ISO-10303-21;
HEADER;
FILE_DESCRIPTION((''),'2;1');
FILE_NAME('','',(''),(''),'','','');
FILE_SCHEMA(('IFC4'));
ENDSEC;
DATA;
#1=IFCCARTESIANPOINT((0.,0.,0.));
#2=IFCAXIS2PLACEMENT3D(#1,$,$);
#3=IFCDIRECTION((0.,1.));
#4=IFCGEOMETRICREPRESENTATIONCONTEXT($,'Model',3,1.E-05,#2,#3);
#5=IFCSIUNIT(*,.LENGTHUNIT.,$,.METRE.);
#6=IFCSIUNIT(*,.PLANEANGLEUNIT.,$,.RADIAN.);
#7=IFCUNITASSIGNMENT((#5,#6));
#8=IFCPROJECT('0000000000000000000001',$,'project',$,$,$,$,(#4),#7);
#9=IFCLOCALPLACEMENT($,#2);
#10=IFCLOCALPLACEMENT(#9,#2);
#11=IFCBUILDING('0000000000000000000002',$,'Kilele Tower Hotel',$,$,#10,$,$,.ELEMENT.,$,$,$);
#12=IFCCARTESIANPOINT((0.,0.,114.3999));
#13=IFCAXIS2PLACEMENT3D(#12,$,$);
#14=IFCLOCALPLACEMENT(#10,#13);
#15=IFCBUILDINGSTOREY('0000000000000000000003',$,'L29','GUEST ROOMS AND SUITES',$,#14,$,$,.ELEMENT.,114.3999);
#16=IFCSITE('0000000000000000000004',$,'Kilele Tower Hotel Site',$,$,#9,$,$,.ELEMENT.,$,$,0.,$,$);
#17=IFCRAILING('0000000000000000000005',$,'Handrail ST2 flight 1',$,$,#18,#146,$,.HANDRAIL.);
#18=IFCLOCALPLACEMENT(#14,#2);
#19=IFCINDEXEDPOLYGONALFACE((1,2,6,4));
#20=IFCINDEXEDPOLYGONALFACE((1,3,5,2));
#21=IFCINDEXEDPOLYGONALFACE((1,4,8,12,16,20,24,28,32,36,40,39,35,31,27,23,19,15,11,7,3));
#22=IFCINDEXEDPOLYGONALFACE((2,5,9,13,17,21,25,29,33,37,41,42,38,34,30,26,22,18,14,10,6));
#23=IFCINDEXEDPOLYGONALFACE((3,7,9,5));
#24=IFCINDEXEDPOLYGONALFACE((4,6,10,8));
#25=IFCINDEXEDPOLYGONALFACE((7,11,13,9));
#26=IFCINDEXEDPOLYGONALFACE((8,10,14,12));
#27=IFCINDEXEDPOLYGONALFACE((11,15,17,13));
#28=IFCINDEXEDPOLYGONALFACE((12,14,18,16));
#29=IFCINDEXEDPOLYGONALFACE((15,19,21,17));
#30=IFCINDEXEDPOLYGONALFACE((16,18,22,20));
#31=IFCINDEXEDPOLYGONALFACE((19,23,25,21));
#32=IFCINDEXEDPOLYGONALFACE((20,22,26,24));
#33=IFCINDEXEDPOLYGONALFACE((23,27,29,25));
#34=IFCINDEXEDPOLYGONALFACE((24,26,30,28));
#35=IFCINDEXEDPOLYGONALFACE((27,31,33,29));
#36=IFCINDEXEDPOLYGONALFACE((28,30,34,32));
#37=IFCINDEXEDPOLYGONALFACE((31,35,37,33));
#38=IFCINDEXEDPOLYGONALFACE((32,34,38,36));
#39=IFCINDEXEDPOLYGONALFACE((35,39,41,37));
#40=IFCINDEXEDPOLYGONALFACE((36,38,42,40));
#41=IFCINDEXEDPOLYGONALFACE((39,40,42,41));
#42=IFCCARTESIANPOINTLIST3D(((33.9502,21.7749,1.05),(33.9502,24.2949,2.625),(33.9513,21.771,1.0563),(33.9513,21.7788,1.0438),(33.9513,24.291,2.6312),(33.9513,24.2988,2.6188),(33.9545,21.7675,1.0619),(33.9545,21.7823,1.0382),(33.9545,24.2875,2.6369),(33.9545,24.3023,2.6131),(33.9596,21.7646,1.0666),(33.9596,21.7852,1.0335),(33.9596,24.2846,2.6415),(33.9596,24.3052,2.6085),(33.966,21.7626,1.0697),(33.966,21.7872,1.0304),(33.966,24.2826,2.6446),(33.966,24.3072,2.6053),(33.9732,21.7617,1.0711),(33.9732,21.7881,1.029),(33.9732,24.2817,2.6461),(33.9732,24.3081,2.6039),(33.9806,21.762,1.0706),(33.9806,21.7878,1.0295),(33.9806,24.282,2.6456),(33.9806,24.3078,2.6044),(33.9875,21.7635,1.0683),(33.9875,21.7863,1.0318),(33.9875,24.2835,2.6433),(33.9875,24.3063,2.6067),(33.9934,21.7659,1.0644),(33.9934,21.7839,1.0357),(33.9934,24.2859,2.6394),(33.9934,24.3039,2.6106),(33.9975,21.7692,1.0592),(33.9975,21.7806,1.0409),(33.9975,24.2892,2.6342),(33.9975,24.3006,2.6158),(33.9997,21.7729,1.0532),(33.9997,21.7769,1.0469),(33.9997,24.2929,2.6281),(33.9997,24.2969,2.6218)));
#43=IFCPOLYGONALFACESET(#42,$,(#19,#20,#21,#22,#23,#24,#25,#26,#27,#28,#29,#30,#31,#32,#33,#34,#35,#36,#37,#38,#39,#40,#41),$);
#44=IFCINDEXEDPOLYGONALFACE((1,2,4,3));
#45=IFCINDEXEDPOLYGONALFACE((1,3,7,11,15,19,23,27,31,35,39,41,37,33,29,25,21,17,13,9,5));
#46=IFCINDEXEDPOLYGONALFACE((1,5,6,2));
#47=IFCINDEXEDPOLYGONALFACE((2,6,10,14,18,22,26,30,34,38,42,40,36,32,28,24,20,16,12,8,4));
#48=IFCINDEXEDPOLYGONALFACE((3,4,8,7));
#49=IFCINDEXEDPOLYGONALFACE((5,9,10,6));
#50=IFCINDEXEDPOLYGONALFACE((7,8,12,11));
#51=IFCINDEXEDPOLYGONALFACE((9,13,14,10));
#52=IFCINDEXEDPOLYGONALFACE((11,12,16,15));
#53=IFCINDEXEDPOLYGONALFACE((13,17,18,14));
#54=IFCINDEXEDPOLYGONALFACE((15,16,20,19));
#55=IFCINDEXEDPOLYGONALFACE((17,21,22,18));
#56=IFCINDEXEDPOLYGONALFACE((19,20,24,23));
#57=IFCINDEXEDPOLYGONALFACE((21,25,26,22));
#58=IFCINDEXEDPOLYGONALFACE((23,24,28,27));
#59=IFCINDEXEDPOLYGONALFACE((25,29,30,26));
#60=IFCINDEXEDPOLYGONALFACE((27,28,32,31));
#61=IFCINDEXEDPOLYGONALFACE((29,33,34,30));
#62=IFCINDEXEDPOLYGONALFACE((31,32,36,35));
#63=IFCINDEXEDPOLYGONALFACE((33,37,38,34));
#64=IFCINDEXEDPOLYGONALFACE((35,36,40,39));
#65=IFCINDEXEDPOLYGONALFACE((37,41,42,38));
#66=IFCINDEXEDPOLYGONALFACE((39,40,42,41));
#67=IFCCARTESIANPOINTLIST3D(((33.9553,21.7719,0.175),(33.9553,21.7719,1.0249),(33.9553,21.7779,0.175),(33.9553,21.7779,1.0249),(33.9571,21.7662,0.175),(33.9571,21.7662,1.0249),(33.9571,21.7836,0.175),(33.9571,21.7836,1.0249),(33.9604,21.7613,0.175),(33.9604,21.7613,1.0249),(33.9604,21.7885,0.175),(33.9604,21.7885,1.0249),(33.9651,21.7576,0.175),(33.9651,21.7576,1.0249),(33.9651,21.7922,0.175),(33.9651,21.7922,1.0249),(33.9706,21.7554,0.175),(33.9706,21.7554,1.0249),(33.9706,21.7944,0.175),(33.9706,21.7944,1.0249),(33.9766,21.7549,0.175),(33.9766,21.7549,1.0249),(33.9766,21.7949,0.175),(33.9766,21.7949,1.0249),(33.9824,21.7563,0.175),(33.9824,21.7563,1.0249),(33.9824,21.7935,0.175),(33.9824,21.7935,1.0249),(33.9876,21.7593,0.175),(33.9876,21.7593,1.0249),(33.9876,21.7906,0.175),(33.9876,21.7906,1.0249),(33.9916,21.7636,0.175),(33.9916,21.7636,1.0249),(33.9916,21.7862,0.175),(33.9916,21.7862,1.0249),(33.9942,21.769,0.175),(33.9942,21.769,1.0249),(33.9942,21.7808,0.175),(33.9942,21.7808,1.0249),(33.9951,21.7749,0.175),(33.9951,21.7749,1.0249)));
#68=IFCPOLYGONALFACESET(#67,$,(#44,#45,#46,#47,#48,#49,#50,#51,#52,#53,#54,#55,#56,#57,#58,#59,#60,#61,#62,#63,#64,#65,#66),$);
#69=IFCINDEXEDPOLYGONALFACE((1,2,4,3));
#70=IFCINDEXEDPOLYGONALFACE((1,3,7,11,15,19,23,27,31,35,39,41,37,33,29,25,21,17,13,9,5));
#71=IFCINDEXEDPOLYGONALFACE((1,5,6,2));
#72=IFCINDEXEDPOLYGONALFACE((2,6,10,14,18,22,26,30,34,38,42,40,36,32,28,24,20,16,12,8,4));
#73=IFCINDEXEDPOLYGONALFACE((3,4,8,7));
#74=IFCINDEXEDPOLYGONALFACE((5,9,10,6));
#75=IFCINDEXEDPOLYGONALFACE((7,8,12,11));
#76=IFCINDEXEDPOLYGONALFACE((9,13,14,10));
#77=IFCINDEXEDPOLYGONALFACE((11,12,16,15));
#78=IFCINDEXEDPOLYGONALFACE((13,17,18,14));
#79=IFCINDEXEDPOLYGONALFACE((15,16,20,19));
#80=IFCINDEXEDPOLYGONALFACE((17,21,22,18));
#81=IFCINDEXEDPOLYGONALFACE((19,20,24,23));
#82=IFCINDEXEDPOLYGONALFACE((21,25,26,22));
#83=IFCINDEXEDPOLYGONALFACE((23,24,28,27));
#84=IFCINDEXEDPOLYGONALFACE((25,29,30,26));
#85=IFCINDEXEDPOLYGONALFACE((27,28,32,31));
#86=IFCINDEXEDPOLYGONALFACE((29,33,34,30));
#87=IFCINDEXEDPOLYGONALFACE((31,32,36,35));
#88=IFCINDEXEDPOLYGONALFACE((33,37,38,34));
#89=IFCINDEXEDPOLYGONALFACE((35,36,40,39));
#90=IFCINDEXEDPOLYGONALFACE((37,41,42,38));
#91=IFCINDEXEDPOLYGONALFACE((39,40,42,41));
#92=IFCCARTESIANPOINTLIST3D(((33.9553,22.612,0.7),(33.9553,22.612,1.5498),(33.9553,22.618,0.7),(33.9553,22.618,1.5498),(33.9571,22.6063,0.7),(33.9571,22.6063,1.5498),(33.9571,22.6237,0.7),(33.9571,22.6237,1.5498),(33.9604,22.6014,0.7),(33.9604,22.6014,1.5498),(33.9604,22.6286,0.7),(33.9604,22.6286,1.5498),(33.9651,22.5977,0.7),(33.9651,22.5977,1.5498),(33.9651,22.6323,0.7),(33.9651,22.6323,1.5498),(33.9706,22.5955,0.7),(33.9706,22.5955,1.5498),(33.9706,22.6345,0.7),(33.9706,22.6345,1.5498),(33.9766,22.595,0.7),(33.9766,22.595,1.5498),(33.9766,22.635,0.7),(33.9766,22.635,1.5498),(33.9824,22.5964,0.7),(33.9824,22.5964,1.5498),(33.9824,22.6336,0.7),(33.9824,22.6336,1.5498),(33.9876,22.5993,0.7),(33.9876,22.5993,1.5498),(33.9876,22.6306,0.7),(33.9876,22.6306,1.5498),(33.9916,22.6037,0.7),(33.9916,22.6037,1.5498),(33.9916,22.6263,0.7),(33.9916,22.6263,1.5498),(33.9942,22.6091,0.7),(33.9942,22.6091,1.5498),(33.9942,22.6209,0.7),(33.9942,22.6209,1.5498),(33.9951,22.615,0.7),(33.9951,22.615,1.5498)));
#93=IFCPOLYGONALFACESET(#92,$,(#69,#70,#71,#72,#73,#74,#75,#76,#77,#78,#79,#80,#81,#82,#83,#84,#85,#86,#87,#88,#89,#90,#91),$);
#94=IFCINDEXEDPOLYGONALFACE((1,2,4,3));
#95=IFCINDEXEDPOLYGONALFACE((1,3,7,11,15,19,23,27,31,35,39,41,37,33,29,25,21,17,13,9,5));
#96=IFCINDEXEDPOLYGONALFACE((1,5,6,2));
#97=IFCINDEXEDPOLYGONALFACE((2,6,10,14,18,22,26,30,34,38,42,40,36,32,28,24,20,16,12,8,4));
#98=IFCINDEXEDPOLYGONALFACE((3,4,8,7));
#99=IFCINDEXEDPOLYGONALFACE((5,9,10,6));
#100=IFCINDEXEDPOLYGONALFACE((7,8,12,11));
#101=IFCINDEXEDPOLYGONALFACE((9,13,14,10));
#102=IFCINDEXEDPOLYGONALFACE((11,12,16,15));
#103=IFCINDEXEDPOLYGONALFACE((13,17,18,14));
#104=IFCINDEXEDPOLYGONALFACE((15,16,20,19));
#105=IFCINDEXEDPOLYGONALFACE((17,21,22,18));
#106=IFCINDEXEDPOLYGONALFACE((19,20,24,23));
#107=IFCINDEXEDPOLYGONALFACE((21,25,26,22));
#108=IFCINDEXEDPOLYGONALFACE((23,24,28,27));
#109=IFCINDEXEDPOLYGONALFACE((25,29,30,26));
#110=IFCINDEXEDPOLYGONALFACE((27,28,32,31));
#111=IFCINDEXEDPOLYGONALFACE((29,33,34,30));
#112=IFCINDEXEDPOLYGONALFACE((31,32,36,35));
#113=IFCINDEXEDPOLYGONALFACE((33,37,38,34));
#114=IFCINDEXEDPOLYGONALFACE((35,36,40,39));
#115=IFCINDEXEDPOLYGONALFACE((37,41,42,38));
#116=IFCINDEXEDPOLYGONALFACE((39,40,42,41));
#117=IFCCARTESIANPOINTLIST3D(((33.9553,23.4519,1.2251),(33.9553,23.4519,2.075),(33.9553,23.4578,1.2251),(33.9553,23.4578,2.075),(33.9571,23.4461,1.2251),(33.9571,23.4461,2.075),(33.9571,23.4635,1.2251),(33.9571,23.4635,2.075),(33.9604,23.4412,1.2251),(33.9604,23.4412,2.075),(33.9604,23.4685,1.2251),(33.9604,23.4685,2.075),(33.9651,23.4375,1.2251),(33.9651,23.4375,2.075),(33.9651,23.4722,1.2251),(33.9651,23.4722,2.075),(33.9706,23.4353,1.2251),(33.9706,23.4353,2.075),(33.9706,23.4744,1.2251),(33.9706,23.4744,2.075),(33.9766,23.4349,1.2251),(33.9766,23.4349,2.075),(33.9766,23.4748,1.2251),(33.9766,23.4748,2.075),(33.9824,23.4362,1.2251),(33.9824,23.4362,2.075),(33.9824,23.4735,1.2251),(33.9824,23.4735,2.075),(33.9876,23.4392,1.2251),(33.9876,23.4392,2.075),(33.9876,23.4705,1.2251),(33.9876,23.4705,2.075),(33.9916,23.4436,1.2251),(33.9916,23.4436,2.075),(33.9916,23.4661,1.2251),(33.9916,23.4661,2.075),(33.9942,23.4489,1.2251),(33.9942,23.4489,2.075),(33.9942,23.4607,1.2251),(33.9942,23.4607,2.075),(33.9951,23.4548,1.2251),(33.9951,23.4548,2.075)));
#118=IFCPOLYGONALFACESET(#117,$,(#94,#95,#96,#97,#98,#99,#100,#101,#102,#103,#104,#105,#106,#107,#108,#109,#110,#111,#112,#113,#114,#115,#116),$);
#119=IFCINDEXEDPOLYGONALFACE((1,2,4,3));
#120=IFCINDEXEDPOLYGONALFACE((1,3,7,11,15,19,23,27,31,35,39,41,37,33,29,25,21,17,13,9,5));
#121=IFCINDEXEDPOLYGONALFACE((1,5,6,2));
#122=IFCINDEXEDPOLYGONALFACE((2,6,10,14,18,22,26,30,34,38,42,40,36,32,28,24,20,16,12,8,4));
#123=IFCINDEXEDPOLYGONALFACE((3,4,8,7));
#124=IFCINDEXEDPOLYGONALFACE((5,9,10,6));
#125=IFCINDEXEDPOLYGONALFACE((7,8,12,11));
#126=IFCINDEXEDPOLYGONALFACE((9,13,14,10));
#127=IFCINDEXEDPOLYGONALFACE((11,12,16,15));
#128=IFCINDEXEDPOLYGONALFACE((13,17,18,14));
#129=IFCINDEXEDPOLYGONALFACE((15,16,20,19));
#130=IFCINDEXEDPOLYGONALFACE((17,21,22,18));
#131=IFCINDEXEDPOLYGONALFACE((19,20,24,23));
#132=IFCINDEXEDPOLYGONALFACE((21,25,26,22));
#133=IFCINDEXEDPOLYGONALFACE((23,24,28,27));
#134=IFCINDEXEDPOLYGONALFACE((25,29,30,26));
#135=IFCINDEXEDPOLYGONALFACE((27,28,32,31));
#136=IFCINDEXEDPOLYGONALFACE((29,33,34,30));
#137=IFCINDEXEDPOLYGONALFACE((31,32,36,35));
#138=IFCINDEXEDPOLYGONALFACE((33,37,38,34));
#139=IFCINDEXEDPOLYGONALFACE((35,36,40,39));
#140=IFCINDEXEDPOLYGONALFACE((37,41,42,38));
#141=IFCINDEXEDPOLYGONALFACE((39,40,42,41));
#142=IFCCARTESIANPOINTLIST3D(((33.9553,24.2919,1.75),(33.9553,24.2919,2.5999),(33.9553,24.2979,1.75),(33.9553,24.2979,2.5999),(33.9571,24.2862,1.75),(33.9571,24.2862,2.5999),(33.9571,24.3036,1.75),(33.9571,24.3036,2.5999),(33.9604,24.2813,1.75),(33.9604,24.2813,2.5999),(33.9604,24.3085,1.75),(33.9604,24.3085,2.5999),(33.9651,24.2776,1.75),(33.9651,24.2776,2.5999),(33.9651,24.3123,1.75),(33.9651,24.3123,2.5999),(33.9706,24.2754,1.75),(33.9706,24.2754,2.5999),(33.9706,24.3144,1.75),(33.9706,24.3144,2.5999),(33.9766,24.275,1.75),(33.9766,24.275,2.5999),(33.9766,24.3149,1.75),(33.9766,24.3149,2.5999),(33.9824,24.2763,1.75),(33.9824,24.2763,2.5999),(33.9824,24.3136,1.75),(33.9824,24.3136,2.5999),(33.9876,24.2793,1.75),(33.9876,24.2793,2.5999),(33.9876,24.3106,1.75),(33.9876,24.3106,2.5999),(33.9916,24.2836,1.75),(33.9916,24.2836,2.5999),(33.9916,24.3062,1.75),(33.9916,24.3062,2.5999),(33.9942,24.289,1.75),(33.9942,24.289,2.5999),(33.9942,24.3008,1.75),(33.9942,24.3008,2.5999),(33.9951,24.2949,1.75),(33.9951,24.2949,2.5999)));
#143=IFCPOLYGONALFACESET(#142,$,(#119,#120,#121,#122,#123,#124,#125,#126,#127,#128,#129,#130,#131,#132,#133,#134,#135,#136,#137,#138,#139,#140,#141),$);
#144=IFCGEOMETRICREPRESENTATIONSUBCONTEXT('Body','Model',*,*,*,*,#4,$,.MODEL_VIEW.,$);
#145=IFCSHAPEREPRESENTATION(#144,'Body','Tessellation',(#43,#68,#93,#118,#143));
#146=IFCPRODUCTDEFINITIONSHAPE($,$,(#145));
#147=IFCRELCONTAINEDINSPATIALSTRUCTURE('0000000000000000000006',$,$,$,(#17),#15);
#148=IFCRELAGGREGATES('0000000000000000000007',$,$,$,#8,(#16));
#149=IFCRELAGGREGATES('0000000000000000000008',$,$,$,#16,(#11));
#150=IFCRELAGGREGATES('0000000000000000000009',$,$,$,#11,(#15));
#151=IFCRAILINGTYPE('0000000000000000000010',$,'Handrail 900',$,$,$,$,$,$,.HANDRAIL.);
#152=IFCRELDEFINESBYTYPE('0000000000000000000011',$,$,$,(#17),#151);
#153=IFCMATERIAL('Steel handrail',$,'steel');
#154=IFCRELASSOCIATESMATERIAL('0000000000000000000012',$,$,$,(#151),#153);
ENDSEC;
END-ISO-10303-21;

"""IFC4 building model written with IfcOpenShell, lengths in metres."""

from ifc_helpers import new_model, si_unit, direction, frame, origin, origin_2d, place, context, subcontext, project, spatial, circle, extrude, material, type_object, element, save


model = new_model("IFC4")

# Units and contexts
model_context = context("Model", 3, precision=1e-05, world=origin(), true_north=direction((0.0, 1.0)))
body_context = subcontext(model_context, "Body", "Model", "MODEL_VIEW")
ifc_project = project(units=[si_unit("LENGTHUNIT", "METRE"), si_unit("PLANEANGLEUNIT", "RADIAN")], contexts=[model_context])

# Site, building, storey
site_placement = place(None, origin())
site = spatial("IfcSite", under=ifc_project, at=site_placement, Name="Kilele Tower Hotel Site", CompositionType="ELEMENT", RefElevation=0.0)
building_placement = place(site_placement, origin())
building = spatial("IfcBuilding", under=site, at=building_placement, Name="Kilele Tower Hotel", CompositionType="ELEMENT")
storey_placement = place(building_placement, frame((0.0, 0.0, 114.3999)))
storey = spatial("IfcBuildingStorey", under=building, at=storey_placement, Name="L29", Description="GUEST ROOMS AND SUITES", CompositionType="ELEMENT", Elevation=114.3999)

# Railing
ifc_material_1 = material(Name="Steel handrail", Category="steel")
railing_type_1 = type_object("IfcRailingType", Name="Handrail 900", PredefinedType="HANDRAIL", material=ifc_material_1)
for number, where, name in (
    (1, (33.9751, 21.7749, 0.175), "Handrail ST2 flight 1"),
):
    element("IfcRailing", number, at=place(storey_placement, frame(where)), inside=storey, type_object=railing_type_1, Name=name, PredefinedType="HANDRAIL", context=body_context, shape_type="SweptSolid", body=[
        extrude(circle(Radius=0.0249, at=origin_2d()), frame((0.0, 0.0, 0.875), z_axis=(0.0, 0.848008, 0.529984), x_axis=(-1.0, 0.0, 0.0)), (0.0, 0.0, 1.0), 2.9717),
        extrude(circle(Radius=0.02, at=origin_2d()), origin(), (0.0, 0.0, 1.0), 0.8499),
        extrude(circle(Radius=0.02, at=origin_2d()), frame((0.0, 0.8401, 0.5249)), (0.0, 0.0, 1.0), 0.8499),
        extrude(circle(Radius=0.02, at=origin_2d()), frame((0.0, 1.6799, 1.05)), (0.0, 0.0, 1.0), 0.8499),
        extrude(circle(Radius=0.02, at=origin_2d()), frame((0.0, 2.52, 1.575)), (0.0, 0.0, 1.0), 0.8499),
    ])

save(model, "model.ifc")
